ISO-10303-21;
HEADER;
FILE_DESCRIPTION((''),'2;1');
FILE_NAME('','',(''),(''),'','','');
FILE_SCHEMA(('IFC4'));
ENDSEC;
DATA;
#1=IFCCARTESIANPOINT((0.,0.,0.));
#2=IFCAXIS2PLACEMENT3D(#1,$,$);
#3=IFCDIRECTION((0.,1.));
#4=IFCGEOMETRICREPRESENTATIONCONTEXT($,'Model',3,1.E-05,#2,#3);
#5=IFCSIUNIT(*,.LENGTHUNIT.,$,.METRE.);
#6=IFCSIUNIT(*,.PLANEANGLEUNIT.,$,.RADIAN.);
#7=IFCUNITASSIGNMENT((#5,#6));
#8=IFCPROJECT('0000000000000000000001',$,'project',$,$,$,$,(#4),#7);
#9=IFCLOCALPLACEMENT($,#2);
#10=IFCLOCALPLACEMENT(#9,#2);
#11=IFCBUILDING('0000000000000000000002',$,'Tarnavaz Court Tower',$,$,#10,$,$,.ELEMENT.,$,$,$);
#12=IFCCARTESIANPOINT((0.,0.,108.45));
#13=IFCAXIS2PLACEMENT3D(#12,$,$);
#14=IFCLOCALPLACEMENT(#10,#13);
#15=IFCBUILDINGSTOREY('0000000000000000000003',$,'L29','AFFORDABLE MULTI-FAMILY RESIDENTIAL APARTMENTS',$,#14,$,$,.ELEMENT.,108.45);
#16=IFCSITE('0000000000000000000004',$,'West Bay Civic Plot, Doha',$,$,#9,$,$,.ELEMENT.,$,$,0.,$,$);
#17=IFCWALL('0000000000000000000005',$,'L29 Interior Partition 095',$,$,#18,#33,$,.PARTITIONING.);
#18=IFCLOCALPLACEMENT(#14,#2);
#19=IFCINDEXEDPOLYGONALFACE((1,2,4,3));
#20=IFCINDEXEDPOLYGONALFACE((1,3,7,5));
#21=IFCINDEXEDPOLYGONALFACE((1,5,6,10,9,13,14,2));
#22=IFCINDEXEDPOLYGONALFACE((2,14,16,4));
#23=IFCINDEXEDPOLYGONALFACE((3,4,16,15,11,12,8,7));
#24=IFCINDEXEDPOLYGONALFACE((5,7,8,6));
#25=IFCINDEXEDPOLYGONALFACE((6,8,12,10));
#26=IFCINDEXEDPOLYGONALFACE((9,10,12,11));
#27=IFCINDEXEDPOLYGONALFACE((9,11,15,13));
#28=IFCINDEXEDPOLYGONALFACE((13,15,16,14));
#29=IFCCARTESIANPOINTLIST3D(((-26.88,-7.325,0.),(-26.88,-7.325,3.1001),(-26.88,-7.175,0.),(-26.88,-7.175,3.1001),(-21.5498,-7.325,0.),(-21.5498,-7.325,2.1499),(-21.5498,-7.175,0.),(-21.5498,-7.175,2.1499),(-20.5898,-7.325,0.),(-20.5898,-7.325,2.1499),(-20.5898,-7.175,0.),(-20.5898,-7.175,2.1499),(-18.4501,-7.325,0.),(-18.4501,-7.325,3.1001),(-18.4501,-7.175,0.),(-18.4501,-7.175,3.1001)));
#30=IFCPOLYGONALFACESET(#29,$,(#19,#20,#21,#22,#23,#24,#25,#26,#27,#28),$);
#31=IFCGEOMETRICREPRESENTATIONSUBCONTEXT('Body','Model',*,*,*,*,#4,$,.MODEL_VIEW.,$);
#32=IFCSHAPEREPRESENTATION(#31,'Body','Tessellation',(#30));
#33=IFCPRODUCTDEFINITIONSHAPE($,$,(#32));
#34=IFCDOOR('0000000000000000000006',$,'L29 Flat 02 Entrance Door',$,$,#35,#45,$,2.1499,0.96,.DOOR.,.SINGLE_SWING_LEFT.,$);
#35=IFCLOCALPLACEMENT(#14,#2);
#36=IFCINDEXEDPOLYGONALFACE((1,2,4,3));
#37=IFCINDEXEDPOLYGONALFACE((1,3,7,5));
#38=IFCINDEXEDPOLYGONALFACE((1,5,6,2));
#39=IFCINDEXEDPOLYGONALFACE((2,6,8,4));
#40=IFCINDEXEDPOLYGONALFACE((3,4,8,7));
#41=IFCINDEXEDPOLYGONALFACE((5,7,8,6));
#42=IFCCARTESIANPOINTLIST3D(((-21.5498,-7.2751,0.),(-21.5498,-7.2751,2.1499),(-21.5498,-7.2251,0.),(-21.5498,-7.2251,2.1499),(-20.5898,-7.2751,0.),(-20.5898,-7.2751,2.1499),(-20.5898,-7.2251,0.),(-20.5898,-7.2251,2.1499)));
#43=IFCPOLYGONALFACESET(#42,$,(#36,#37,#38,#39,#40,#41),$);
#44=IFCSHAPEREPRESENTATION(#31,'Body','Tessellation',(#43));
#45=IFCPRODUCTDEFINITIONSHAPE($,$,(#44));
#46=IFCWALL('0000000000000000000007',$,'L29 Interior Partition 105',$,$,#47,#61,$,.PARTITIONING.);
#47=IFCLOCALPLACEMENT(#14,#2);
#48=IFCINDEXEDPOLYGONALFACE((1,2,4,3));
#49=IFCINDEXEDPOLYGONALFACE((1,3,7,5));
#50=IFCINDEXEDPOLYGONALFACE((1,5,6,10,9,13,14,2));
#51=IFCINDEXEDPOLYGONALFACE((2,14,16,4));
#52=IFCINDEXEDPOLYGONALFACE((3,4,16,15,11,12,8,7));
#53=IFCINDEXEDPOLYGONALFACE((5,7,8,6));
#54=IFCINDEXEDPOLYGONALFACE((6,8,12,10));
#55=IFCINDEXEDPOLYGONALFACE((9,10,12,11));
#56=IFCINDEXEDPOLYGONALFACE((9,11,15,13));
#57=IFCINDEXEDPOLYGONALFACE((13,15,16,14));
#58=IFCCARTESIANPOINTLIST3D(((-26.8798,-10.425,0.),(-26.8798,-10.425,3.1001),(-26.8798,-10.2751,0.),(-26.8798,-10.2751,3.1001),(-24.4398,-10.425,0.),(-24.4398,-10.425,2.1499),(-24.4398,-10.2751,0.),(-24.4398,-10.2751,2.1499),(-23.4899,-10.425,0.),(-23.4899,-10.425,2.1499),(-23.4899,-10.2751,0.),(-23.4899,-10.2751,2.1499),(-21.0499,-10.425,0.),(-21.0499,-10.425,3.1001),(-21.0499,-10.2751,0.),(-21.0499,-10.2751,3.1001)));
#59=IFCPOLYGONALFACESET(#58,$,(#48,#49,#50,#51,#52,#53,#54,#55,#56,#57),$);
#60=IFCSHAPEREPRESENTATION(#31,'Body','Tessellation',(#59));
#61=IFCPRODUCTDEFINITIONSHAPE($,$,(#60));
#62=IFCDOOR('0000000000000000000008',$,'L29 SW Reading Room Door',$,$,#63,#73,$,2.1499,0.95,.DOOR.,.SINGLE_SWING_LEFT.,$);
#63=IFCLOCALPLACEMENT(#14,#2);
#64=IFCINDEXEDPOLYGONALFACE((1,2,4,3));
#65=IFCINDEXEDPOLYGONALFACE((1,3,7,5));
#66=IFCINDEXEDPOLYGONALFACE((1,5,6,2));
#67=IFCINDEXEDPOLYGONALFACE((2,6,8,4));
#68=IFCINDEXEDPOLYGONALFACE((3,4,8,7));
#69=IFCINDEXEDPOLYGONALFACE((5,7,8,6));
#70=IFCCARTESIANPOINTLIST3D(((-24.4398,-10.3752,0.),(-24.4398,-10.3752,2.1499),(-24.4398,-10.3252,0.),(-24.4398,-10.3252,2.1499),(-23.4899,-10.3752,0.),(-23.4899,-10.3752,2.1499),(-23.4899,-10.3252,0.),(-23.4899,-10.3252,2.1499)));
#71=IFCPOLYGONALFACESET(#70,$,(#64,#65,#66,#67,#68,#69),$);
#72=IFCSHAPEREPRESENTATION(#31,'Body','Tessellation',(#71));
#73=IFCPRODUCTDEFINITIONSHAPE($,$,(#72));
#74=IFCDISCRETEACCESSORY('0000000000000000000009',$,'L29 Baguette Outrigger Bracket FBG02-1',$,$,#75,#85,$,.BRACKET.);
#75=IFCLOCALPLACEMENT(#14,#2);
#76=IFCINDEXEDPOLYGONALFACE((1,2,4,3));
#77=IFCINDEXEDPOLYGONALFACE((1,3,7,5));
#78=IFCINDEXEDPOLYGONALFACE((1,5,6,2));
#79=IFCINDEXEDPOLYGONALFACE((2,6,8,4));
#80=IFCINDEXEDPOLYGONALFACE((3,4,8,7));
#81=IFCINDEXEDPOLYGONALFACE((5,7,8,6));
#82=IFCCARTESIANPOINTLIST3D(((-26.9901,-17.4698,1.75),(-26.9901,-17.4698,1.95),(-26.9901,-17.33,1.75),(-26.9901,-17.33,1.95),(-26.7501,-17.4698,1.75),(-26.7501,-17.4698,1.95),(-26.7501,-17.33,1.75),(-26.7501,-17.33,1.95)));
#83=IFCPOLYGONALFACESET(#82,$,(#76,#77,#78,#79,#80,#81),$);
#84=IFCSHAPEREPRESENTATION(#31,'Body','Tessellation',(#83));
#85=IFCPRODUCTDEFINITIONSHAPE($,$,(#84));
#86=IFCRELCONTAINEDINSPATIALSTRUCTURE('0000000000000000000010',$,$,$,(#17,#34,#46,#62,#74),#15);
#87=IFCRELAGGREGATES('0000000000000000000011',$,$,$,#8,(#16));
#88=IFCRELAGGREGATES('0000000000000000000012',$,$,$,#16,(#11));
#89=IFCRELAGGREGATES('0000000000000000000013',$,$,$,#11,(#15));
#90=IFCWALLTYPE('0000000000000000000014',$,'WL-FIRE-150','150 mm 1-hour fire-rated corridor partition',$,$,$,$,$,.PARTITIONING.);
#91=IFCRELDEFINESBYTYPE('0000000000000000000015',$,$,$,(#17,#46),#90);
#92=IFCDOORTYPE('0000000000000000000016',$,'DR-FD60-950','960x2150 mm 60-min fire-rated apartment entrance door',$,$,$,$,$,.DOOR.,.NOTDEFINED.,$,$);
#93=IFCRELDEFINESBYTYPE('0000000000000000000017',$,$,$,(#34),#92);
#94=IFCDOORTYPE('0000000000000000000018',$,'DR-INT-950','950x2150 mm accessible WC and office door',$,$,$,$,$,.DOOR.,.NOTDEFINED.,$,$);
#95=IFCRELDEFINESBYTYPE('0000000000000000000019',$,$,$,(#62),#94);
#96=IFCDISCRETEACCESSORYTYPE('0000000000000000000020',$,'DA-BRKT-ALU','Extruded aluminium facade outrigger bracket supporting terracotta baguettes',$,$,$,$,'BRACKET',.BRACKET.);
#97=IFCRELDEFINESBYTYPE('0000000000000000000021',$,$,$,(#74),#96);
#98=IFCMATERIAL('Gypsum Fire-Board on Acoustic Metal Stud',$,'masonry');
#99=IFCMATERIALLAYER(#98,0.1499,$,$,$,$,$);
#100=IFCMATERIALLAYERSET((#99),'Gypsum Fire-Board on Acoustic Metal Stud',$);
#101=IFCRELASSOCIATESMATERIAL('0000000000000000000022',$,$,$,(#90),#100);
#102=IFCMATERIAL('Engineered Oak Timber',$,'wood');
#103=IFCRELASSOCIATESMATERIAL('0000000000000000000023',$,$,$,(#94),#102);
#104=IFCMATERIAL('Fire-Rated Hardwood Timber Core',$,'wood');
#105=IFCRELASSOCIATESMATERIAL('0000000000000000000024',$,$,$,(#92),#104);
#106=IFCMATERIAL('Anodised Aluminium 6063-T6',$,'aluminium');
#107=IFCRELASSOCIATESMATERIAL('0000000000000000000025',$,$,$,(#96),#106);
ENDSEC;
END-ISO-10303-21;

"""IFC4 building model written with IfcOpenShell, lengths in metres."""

from ifc_helpers import new_model, si_unit, direction, frame, frame_2d, origin, origin_2d, place, context, subcontext, project, spatial, rectangle, extrude, material, layer, layer_set, type_object, element, fill, save


model = new_model("IFC4")

# Units and contexts
model_context = context("Model", 3, precision=1e-05, world=origin(), true_north=direction((0.0, 1.0)))
body_context = subcontext(model_context, "Body", "Model", "MODEL_VIEW")
ifc_project = project(units=[si_unit("LENGTHUNIT", "METRE"), si_unit("PLANEANGLEUNIT", "RADIAN")], contexts=[model_context])

# Site, building, storey
site_placement = place(None, origin())
site = spatial("IfcSite", under=ifc_project, at=site_placement, Name="West Bay Civic Plot, Doha", CompositionType="ELEMENT", RefElevation=0.0)
building_placement = place(site_placement, origin())
building = spatial("IfcBuilding", under=site, at=building_placement, Name="Tarnavaz Court Tower", CompositionType="ELEMENT")
storey_placement = place(building_placement, frame((0.0, 0.0, 108.45)))
storey = spatial("IfcBuildingStorey", under=building, at=storey_placement, Name="L29", Description="AFFORDABLE MULTI-FAMILY RESIDENTIAL APARTMENTS", CompositionType="ELEMENT", Elevation=108.45)

# Shared definitions
ifc_material_1 = material(Name="Gypsum Fire-Board on Acoustic Metal Stud", Category="masonry")
ifc_layer_1 = layer(ifc_material_1, 0.1499)
ifc_layer_set_1 = layer_set([ifc_layer_1], Name="Gypsum Fire-Board on Acoustic Metal Stud")
wall_type_1 = type_object("IfcWallType", Name="WL-FIRE-150", Description="150 mm 1-hour fire-rated corridor partition", PredefinedType="PARTITIONING", material=ifc_layer_set_1)
ifc_material_2 = material(Name="Engineered Oak Timber", Category="wood")
door_type_1 = type_object("IfcDoorType", Name="DR-INT-950", Description="950x2150 mm accessible WC and office door", OperationType="NOTDEFINED", PredefinedType="DOOR", material=ifc_material_2)

# Walls, openings, doors
wall_1_placement = place(storey_placement, frame((-26.8799, -7.25, 0.0), z_axis=(0.0, 0.0, 1.0), x_axis=(1.0, 0.0, 0.0)))
wall_1 = element("IfcWall", 1, at=wall_1_placement, inside=storey, type_object=wall_type_1, Name="L29 Interior Partition 095", PredefinedType="PARTITIONING", context=body_context, shape_type="SweptSolid", body=[
    extrude(rectangle(XDim=8.4299, YDim=0.1499, at=frame_2d((4.2148, 0.0))), origin(), (0.0, 0.0, 1.0), 3.1001),
])
opening_1_placement = place(wall_1_placement, frame((5.3301, 0.0, 0.0)))
opening_1 = element("IfcOpeningElement", 2, at=opening_1_placement, cuts=wall_1, PredefinedType="OPENING", context=body_context, shape_type="SweptSolid", body=[
    extrude(rectangle(XDim=0.96, YDim=2.1499, at=frame_2d((0.48, 1.075))), frame((0.0, 0.085, 0.0), z_axis=(0.0, -1.0, 0.0), x_axis=(1.0, 0.0, 0.0)), (0.0, 0.0, 1.0), 0.1699),
])
ifc_material_3 = material(Name="Fire-Rated Hardwood Timber Core", Category="wood")
door_type_2 = type_object("IfcDoorType", Name="DR-FD60-950", Description="960x2150 mm 60-min fire-rated apartment entrance door", OperationType="NOTDEFINED", PredefinedType="DOOR", material=ifc_material_3)
door_1_placement = place(opening_1_placement, origin())
door_1 = element("IfcDoor", 3, at=door_1_placement, inside=storey, type_object=door_type_2, Name="L29 Flat 02 Entrance Door", OperationType="SINGLE_SWING_LEFT", OverallHeight=2.1499, OverallWidth=0.96, PredefinedType="DOOR", context=body_context, shape_type="SweptSolid", body=[
    extrude(rectangle(XDim=0.96, YDim=2.1499, at=frame_2d((0.48, 1.075))), frame((0.0, 0.0249, 0.0), z_axis=(0.0, -1.0, 0.0), x_axis=(1.0, 0.0, 0.0)), (0.0, 0.0, 1.0), 0.05),
])
fill(opening_1, door_1)
wall_2_placement = place(storey_placement, frame((-26.8799, -10.3501, 0.0), z_axis=(0.0, 0.0, 1.0), x_axis=(1.0, 0.0, 0.0)))
wall_2 = element("IfcWall", 4, at=wall_2_placement, inside=storey, type_object=wall_type_1, Name="L29 Interior Partition 105", PredefinedType="PARTITIONING", context=body_context, shape_type="SweptSolid", body=[
    extrude(rectangle(XDim=5.8298, YDim=0.1499, at=frame_2d((2.915, 0.0))), origin(), (0.0, 0.0, 1.0), 3.1001),
])
opening_2_placement = place(wall_2_placement, frame((2.4399, 0.0, 0.0)))
opening_2 = element("IfcOpeningElement", 5, at=opening_2_placement, cuts=wall_2, PredefinedType="OPENING", context=body_context, shape_type="SweptSolid", body=[
    extrude(rectangle(XDim=0.95, YDim=2.1499, at=frame_2d((0.4751, 1.075))), frame((0.0, 0.085, 0.0), z_axis=(0.0, -1.0, 0.0), x_axis=(1.0, 0.0, 0.0)), (0.0, 0.0, 1.0), 0.1699),
])
door_2_placement = place(opening_2_placement, origin())
door_2 = element("IfcDoor", 6, at=door_2_placement, inside=storey, type_object=door_type_1, Name="L29 SW Reading Room Door", OperationType="SINGLE_SWING_LEFT", OverallHeight=2.1499, OverallWidth=0.95, PredefinedType="DOOR", context=body_context, shape_type="SweptSolid", body=[
    extrude(rectangle(XDim=0.95, YDim=2.1499, at=frame_2d((0.4751, 1.075))), frame((0.0, 0.0249, 0.0), z_axis=(0.0, -1.0, 0.0), x_axis=(1.0, 0.0, 0.0)), (0.0, 0.0, 1.0), 0.05),
])
fill(opening_2, door_2)

# Discrete accessory
ifc_material_4 = material(Name="Anodised Aluminium 6063-T6", Category="aluminium")
discrete_accessory_type = type_object("IfcDiscreteAccessoryType", Name="DA-BRKT-ALU", Description="Extruded aluminium facade outrigger bracket supporting terracotta baguettes", ElementType="BRACKET", PredefinedType="BRACKET", material=ifc_material_4)
discrete_accessory_placement = place(storey_placement, frame((-26.8701, -17.3999, 1.75), z_axis=(0.0, 0.0, 1.0), x_axis=(0.0, 1.0, 0.0)))
element("IfcDiscreteAccessory", 7, at=discrete_accessory_placement, inside=storey, type_object=discrete_accessory_type, Name="L29 Baguette Outrigger Bracket FBG02-1", PredefinedType="BRACKET", context=body_context, shape_type="SweptSolid", body=[
    extrude(rectangle(XDim=0.1399, YDim=0.24, at=origin_2d()), origin(), (0.0, 0.0, 1.0), 0.2),
])

save(model, "model.ifc")
